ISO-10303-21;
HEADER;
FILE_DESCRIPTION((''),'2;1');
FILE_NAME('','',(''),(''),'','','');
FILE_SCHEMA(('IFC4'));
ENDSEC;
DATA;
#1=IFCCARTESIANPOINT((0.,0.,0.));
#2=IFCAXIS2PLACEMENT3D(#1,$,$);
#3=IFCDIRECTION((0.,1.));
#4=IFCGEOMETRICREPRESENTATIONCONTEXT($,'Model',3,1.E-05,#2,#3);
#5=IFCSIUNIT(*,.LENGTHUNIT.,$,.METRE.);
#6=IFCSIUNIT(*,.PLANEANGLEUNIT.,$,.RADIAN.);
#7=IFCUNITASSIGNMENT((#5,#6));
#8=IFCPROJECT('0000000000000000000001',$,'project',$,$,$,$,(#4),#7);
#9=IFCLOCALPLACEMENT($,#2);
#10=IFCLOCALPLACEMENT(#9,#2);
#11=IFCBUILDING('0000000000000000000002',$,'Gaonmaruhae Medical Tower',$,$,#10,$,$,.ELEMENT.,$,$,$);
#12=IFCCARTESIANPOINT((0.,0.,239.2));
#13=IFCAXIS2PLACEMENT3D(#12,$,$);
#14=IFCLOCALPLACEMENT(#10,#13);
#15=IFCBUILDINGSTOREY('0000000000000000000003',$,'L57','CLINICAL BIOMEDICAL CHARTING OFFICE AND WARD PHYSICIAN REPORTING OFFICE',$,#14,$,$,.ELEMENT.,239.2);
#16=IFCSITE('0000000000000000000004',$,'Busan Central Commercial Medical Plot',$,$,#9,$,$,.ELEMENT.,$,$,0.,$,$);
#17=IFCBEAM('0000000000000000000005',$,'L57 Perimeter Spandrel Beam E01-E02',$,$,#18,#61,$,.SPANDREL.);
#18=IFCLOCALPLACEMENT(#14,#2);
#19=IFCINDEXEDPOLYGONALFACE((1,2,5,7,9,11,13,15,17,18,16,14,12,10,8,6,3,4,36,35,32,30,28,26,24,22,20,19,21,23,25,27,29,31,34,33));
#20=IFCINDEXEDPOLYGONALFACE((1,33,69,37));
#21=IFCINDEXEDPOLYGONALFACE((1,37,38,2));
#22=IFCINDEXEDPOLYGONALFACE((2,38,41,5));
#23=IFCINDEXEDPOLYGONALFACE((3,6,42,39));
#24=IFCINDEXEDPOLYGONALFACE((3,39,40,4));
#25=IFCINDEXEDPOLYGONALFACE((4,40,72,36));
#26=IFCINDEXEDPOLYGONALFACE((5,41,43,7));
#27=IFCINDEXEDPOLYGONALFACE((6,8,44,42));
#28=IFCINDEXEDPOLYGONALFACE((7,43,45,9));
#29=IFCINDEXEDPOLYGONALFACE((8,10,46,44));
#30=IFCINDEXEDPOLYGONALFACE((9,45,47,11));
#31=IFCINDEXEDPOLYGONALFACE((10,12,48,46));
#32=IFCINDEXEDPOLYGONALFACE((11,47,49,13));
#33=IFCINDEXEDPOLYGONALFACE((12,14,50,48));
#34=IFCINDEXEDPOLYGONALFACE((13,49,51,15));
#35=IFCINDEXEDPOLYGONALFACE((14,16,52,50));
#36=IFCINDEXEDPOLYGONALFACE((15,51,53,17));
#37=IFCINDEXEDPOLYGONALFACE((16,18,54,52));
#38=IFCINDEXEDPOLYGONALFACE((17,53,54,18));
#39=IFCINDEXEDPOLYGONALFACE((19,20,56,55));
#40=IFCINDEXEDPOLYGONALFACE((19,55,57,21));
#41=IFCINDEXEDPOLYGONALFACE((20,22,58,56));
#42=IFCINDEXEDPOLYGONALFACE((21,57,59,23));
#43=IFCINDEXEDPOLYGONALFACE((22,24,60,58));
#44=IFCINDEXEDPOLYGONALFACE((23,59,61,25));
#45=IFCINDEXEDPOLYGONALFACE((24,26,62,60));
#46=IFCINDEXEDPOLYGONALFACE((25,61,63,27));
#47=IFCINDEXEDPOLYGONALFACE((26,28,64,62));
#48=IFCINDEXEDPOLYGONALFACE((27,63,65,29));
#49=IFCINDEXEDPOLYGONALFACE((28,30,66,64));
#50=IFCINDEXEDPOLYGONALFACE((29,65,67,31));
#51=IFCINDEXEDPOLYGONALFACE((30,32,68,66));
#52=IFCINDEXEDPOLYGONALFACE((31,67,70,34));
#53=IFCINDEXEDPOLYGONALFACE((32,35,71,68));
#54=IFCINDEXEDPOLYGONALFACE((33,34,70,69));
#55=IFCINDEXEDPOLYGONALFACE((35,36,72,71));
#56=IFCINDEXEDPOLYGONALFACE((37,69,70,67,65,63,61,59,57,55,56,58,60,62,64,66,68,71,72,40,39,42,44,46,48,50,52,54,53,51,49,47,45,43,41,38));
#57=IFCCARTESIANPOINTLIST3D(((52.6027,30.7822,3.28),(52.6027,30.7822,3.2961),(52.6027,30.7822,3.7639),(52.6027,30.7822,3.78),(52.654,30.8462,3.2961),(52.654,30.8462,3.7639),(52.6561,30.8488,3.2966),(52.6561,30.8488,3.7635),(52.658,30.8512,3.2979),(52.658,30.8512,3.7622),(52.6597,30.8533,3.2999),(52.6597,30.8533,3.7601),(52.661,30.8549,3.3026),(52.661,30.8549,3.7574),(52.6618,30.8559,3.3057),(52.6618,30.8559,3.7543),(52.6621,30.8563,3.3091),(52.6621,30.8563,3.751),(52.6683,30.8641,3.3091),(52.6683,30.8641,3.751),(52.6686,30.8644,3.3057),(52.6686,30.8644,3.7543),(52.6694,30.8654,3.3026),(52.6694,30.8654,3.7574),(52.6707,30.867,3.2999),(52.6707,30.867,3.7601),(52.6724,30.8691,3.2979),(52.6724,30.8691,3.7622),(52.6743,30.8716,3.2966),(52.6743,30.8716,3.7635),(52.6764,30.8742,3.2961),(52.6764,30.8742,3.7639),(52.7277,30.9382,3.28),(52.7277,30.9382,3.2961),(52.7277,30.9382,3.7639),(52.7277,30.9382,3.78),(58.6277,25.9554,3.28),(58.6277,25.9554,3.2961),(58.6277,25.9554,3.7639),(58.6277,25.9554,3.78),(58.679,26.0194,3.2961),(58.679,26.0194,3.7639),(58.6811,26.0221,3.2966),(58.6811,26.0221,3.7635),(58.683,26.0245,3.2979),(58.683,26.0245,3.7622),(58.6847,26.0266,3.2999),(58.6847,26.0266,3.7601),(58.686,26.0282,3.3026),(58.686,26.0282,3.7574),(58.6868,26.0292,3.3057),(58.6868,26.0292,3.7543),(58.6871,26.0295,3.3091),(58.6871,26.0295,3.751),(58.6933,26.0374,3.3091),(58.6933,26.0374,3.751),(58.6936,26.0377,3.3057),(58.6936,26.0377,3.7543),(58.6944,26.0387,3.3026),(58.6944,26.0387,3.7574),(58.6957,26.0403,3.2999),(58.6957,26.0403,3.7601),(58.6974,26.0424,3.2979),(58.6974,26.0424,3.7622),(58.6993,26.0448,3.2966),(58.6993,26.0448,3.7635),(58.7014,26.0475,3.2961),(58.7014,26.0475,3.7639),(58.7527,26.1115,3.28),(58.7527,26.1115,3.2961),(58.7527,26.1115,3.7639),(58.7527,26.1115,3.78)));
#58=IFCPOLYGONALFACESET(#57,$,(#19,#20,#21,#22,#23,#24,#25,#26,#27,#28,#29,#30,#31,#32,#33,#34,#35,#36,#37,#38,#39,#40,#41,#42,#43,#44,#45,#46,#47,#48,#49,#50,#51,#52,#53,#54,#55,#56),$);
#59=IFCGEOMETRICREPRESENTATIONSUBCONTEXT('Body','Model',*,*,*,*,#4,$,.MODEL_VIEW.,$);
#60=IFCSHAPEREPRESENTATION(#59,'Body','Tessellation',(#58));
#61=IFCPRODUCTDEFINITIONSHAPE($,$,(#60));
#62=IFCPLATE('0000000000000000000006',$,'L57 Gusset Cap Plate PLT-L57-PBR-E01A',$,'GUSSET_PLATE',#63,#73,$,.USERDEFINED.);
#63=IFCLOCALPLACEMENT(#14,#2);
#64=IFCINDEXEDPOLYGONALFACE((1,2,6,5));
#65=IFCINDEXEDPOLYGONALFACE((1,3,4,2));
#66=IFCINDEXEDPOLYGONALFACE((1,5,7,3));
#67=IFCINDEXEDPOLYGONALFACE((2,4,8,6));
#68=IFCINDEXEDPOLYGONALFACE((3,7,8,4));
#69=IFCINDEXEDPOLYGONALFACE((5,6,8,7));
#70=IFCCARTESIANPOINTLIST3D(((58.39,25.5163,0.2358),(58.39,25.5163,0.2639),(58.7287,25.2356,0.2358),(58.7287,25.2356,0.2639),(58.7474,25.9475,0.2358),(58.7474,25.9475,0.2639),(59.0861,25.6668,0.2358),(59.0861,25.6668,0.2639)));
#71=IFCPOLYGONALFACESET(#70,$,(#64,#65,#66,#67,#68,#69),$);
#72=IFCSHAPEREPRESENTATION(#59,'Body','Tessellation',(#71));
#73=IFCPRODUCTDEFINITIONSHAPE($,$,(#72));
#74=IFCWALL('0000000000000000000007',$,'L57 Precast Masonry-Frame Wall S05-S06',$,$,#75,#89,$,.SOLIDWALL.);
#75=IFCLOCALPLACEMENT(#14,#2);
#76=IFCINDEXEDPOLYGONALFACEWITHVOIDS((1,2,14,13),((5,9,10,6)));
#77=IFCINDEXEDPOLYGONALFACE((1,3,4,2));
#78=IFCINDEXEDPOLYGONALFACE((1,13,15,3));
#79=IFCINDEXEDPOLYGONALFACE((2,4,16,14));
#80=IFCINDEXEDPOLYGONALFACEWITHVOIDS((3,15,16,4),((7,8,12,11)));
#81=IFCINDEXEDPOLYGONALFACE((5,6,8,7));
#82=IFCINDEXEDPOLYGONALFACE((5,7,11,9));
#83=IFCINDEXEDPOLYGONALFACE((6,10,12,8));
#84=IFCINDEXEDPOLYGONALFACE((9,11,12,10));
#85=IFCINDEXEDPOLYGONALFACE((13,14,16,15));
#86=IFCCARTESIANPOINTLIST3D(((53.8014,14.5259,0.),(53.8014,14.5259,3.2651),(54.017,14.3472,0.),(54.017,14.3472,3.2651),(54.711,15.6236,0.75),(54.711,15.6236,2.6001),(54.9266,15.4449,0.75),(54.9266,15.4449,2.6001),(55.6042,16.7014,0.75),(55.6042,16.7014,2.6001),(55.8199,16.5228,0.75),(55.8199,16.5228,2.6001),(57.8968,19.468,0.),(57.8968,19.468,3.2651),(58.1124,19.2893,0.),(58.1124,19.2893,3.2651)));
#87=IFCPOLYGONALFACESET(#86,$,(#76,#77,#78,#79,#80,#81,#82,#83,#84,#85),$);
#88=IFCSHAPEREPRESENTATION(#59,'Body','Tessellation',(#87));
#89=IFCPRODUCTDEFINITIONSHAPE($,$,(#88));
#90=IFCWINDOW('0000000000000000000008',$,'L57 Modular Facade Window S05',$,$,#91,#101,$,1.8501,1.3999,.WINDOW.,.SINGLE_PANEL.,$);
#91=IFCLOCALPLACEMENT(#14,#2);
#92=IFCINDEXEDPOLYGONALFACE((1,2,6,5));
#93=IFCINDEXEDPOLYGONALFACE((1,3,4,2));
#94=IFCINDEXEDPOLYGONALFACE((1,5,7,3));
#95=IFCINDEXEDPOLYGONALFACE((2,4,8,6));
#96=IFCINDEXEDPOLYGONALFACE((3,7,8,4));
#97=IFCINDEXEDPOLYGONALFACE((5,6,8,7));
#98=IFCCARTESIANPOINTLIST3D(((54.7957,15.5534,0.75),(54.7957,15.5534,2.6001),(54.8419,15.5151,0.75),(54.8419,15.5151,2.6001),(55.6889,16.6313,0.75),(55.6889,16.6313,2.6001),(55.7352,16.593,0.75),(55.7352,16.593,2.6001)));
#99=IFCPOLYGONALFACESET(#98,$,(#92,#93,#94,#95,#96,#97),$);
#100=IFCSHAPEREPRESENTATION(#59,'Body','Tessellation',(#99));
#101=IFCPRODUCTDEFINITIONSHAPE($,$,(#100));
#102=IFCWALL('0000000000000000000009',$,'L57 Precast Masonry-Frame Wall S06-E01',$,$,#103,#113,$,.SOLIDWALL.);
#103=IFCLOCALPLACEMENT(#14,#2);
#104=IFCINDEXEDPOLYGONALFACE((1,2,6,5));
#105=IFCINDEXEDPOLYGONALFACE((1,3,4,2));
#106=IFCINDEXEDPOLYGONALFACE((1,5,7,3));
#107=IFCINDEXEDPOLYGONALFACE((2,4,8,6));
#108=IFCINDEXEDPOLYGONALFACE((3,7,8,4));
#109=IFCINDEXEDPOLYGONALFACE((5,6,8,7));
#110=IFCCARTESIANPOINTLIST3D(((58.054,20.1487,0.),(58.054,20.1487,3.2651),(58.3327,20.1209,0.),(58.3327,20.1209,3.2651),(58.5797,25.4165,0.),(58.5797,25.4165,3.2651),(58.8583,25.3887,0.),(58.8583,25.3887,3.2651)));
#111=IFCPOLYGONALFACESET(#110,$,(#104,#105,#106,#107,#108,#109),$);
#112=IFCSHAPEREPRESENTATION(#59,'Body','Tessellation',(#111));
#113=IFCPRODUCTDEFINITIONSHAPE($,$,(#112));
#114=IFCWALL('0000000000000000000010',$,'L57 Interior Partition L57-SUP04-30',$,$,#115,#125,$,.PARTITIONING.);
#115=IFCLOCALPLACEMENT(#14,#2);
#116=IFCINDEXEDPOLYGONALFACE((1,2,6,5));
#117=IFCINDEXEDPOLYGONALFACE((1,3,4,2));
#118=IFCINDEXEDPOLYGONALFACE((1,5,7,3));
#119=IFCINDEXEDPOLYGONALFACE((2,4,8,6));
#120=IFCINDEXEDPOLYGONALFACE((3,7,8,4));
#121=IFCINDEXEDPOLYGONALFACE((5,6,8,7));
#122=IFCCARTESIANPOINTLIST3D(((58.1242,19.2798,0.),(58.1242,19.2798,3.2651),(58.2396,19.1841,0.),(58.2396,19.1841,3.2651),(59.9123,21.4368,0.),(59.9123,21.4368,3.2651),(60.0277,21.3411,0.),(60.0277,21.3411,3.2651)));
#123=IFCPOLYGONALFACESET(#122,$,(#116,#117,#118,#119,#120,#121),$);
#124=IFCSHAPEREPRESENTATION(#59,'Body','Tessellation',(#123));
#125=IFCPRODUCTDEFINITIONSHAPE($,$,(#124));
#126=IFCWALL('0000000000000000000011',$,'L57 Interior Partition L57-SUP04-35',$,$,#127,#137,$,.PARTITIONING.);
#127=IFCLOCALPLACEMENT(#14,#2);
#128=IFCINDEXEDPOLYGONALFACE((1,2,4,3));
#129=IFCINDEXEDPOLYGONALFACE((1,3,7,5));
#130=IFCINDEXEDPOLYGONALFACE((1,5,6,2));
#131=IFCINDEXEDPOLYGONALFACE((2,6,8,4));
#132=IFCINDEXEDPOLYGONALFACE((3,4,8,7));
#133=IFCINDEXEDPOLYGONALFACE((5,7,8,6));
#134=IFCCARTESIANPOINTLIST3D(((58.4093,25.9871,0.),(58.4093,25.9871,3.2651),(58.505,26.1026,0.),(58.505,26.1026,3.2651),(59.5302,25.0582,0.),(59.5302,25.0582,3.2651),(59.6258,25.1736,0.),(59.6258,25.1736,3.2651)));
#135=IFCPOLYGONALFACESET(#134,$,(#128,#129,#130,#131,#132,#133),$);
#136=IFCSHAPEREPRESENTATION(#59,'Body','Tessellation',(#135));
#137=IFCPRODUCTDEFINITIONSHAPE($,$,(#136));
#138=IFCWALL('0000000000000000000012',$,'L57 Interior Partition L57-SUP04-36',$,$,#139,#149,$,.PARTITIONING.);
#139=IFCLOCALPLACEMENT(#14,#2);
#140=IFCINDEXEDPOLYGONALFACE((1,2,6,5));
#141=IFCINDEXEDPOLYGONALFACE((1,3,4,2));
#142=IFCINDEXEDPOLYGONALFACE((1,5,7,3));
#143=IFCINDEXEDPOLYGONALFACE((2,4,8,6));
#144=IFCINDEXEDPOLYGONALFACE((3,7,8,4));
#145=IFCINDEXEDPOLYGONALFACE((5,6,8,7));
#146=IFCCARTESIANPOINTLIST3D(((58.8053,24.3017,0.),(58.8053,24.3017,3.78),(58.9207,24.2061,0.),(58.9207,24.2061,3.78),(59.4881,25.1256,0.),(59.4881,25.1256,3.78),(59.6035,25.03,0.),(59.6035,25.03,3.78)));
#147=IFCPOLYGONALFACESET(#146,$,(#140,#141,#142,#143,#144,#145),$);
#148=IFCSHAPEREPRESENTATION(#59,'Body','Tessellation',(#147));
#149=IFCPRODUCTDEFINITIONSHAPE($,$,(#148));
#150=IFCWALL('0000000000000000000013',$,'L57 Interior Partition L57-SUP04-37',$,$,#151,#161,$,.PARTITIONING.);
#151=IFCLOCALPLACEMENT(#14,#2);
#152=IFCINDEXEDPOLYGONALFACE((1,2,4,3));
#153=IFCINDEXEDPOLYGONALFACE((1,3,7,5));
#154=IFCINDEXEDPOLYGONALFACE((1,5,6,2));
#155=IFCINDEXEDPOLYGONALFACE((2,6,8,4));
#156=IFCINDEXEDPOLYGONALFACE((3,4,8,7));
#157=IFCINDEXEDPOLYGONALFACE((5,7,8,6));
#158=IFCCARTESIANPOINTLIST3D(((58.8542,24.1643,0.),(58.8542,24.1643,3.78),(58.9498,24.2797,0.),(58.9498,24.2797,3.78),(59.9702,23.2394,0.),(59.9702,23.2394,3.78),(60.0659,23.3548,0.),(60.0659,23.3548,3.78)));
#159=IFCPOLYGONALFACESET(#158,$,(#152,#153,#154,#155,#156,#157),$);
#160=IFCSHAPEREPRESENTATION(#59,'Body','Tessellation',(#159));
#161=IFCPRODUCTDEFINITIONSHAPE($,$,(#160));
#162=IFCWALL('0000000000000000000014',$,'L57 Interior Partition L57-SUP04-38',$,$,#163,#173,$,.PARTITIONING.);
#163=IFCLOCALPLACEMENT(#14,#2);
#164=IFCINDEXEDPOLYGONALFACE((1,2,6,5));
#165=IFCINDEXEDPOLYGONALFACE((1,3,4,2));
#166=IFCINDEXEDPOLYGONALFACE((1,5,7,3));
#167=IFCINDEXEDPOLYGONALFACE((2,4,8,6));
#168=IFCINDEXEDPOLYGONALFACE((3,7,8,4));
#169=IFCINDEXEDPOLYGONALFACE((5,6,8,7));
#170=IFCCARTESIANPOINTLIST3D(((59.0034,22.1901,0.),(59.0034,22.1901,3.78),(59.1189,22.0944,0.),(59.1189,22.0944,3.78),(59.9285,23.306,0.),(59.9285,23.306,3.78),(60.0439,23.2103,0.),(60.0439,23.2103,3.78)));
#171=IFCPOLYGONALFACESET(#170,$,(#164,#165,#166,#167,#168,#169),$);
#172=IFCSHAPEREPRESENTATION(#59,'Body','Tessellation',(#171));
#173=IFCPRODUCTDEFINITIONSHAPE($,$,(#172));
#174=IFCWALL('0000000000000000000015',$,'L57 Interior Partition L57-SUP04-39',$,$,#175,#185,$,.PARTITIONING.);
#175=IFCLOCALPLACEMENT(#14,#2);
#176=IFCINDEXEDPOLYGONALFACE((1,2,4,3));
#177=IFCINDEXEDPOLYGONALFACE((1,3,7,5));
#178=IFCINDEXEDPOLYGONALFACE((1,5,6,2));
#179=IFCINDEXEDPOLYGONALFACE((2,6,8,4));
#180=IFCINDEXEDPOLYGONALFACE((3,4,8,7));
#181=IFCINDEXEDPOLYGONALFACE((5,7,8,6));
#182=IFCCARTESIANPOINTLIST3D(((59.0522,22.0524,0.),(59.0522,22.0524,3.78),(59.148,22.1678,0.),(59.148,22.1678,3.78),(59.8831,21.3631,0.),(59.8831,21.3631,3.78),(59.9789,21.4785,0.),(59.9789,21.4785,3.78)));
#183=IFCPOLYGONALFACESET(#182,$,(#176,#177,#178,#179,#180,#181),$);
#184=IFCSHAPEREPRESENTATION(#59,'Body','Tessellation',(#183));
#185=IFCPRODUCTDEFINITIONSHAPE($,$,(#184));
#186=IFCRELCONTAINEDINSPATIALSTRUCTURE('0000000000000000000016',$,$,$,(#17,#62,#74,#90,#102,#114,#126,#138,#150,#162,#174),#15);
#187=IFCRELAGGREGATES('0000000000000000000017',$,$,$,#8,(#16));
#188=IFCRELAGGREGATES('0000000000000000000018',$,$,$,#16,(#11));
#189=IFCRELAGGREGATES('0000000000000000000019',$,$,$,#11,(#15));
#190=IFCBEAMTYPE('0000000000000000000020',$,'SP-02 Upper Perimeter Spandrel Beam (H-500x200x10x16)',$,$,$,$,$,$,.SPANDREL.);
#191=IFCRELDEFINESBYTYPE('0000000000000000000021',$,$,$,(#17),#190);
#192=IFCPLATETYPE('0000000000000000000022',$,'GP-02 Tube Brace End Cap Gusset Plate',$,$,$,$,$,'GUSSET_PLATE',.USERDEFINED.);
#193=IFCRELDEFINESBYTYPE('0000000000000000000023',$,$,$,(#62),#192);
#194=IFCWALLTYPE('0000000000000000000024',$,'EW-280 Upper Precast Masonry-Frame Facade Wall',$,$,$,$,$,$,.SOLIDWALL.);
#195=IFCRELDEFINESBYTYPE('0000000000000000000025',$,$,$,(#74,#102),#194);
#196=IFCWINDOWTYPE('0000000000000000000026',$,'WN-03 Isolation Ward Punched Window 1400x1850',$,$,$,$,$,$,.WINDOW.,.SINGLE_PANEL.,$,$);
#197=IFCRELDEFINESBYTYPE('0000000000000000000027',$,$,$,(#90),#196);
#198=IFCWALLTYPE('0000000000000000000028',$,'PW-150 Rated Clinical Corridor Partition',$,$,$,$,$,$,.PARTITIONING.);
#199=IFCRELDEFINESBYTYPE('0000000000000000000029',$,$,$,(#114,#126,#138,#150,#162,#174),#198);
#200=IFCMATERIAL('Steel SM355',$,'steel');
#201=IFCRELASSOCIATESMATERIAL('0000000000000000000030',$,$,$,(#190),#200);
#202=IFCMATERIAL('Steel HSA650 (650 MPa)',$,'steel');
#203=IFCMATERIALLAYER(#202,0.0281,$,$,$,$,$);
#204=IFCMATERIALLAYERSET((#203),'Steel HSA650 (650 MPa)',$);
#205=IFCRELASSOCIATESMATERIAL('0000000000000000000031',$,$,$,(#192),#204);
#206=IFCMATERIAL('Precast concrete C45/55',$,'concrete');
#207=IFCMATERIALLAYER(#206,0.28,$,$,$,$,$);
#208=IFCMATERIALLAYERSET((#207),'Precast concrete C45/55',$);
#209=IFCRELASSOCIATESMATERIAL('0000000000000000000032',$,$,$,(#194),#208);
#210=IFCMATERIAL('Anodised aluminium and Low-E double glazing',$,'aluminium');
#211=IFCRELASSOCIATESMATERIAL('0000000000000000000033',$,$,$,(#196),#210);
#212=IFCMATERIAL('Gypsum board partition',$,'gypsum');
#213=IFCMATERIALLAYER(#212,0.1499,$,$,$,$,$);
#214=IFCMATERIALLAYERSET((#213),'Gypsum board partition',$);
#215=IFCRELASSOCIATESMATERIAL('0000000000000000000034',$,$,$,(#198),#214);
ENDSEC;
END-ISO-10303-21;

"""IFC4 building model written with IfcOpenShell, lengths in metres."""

from ifc_helpers import new_model, si_unit, direction, frame, frame_2d, origin, origin_2d, place, context, subcontext, project, spatial, rectangle, i_section, extrude, material, layer, layer_set, material_profile, profile_set, type_object, element, fill, save


model = new_model("IFC4")

# Units and contexts
model_context = context("Model", 3, precision=1e-05, world=origin(), true_north=direction((0.0, 1.0)))
body_context = subcontext(model_context, "Body", "Model", "MODEL_VIEW")
ifc_project = project(units=[si_unit("LENGTHUNIT", "METRE"), si_unit("PLANEANGLEUNIT", "RADIAN")], contexts=[model_context])

# Site, building, storey
site_placement = place(None, origin())
site = spatial("IfcSite", under=ifc_project, at=site_placement, Name="Busan Central Commercial Medical Plot", CompositionType="ELEMENT", RefElevation=0.0)
building_placement = place(site_placement, origin())
building = spatial("IfcBuilding", under=site, at=building_placement, Name="Gaonmaruhae Medical Tower", CompositionType="ELEMENT")
storey_placement = place(building_placement, frame((0.0, 0.0, 239.2)))
storey = spatial("IfcBuildingStorey", under=building, at=storey_placement, Name="L57", Description="CLINICAL BIOMEDICAL CHARTING OFFICE AND WARD PHYSICIAN REPORTING OFFICE", CompositionType="ELEMENT", Elevation=239.2)

# Shared definitions
ifc_material_1 = material(Name="Steel SM355", Category="steel")

# Beam
ifc_material_profile_1 = material_profile(ifc_material_1, i_section(OverallWidth=0.2, OverallDepth=0.5, WebThickness=0.01, FlangeThickness=0.0161, FilletRadius=0.0129, at=origin_2d()), Name="H-500x200x10x16")
ifc_profile_set_1 = profile_set([ifc_material_profile_1], Name="Steel SM355")
beam_type_1 = type_object("IfcBeamType", Name="SP-02 Upper Perimeter Spandrel Beam (H-500x200x10x16)", PredefinedType="SPANDREL", material=ifc_profile_set_1)
beam_1_placement = place(storey_placement, frame((58.6902, 26.0334, 3.53), z_axis=(-0.780443, 0.625227, 0.0), x_axis=(-0.625227, -0.780443, 0.0)))
element("IfcBeam", 1, at=beam_1_placement, inside=storey, type_object=beam_type_1, Name="L57 Perimeter Spandrel Beam E01-E02", PredefinedType="SPANDREL", context=body_context, shape_type="SweptSolid", body=[
    extrude(i_section(OverallWidth=0.2, OverallDepth=0.5, WebThickness=0.01, FlangeThickness=0.0161, FilletRadius=0.0129, at=origin_2d()), origin(), (0.0, 0.0, 1.0), 7.72),
])

# Plate
ifc_material_2 = material(Name="Steel HSA650 (650 MPa)", Category="steel")
ifc_layer_1 = layer(ifc_material_2, 0.0281)
ifc_layer_set_1 = layer_set([ifc_layer_1], Name="Steel HSA650 (650 MPa)")
plate_type = type_object("IfcPlateType", Name="GP-02 Tube Brace End Cap Gusset Plate", ElementType="GUSSET_PLATE", PredefinedType="USERDEFINED", material=ifc_layer_set_1)
plate_placement = place(storey_placement, frame((58.738, 25.5916, 0.2358), z_axis=(0.0, 0.0, 1.0), x_axis=(0.638096, 0.769957, 0.0)))
element("IfcPlate", 2, at=plate_placement, inside=storey, type_object=plate_type, Name="L57 Gusset Cap Plate PLT-L57-PBR-E01A", ObjectType="GUSSET_PLATE", PredefinedType="USERDEFINED", context=body_context, shape_type="SweptSolid", body=[
    extrude(rectangle(XDim=0.5601, YDim=0.4399, at=origin_2d()), origin(), (0.0, 0.0, 1.0), 0.0281),
])

# Wall, opening, window
ifc_material_3 = material(Name="Precast concrete C45/55", Category="concrete")
ifc_layer_2 = layer(ifc_material_3, 0.28)
ifc_layer_set_2 = layer_set([ifc_layer_2], Name="Precast concrete C45/55")
wall_type_1 = type_object("IfcWallType", Name="EW-280 Upper Precast Masonry-Frame Facade Wall", PredefinedType="SOLIDWALL", material=ifc_layer_set_2)
wall_1_placement = place(storey_placement, frame((58.0046, 19.3787, 0.0), z_axis=(0.0, 0.0, 1.0), x_axis=(-0.638068, -0.76998, 0.0)))
wall_1 = element("IfcWall", 3, at=wall_1_placement, inside=storey, type_object=wall_type_1, Name="L57 Precast Masonry-Frame Wall S05-S06", PredefinedType="SOLIDWALL", context=body_context, shape_type="SweptSolid", body=[
    extrude(rectangle(XDim=6.4185, YDim=0.28, at=frame_2d((3.2092, 0.0))), origin(), (0.0, 0.0, 1.0), 3.2651),
])
opening_placement = place(wall_1_placement, frame((3.593, 0.0, 0.75)))
opening = element("IfcOpeningElement", 4, at=opening_placement, cuts=wall_1, PredefinedType="OPENING", context=body_context, shape_type="SweptSolid", body=[
    extrude(rectangle(XDim=1.3999, YDim=1.8501, at=frame_2d((0.7, 0.925))), frame((0.0, 0.1499, 0.0), z_axis=(0.0, -1.0, 0.0), x_axis=(1.0, 0.0, 0.0)), (0.0, 0.0, 1.0), 0.3),
])
ifc_material_4 = material(Name="Anodised aluminium and Low-E double glazing", Category="aluminium")
window_type = type_object("IfcWindowType", Name="WN-03 Isolation Ward Punched Window 1400x1850", PartitioningType="SINGLE_PANEL", PredefinedType="WINDOW", material=ifc_material_4)
window_placement = place(opening_placement, origin())
window = element("IfcWindow", 5, at=window_placement, inside=storey, type_object=window_type, Name="L57 Modular Facade Window S05", OverallHeight=1.8501, OverallWidth=1.3999, PartitioningType="SINGLE_PANEL", PredefinedType="WINDOW", context=body_context, shape_type="SweptSolid", body=[
    extrude(rectangle(XDim=1.3999, YDim=1.8501, at=frame_2d((0.7, 0.925))), frame((0.0, 0.03, 0.0), z_axis=(0.0, -1.0, 0.0), x_axis=(1.0, 0.0, 0.0)), (0.0, 0.0, 1.0), 0.0601),
])
fill(opening, window)

# Walls
wall_2_placement = place(storey_placement, frame((58.719, 25.4026, 0.0), z_axis=(0.0, 0.0, 1.0), x_axis=(-0.099289, -0.995059, 0.0)))
element("IfcWall", 6, at=wall_2_placement, inside=storey, type_object=wall_type_1, Name="L57 Precast Masonry-Frame Wall S06-E01", PredefinedType="SOLIDWALL", context=body_context, shape_type="SweptSolid", body=[
    extrude(rectangle(XDim=5.2939, YDim=0.28, at=frame_2d((2.647, 0.0))), origin(), (0.0, 0.0, 1.0), 3.2651),
])
ifc_material_5 = material(Name="Gypsum board partition", Category="gypsum")
ifc_layer_3 = layer(ifc_material_5, 0.1499)
ifc_layer_set_3 = layer_set([ifc_layer_3], Name="Gypsum board partition")
wall_type_2 = type_object("IfcWallType", Name="PW-150 Rated Clinical Corridor Partition", PredefinedType="PARTITIONING", material=ifc_layer_set_3)
wall_3_placement = place(storey_placement, frame((59.97, 21.3889, 0.0), z_axis=(0.0, 0.0, 1.0), x_axis=(-0.638202, -0.769869, 0.0)))
element("IfcWall", 7, at=wall_3_placement, inside=storey, type_object=wall_type_2, Name="L57 Interior Partition L57-SUP04-30", PredefinedType="PARTITIONING", context=body_context, shape_type="SweptSolid", body=[
    extrude(rectangle(XDim=2.8018, YDim=0.1499, at=frame_2d((1.4009, 0.0))), origin(), (0.0, 0.0, 1.0), 3.2651),
])
wall_4_placement = place(storey_placement, frame((58.457, 26.0449, 0.0), z_axis=(0.0, 0.0, 1.0), x_axis=(0.769937, -0.63812, 0.0)))
element("IfcWall", 8, at=wall_4_placement, inside=storey, type_object=wall_type_2, Name="L57 Interior Partition L57-SUP04-35", PredefinedType="PARTITIONING", context=body_context, shape_type="SweptSolid", body=[
    extrude(rectangle(XDim=1.4558, YDim=0.1499, at=frame_2d((0.728, 0.0))), origin(), (0.0, 0.0, 1.0), 3.2651),
])
wall_5_placement = place(storey_placement, frame((59.5459, 25.0779, 0.0), z_axis=(0.0, 0.0, 1.0), x_axis=(-0.638095, -0.769958, 0.0)))
element("IfcWall", 9, at=wall_5_placement, inside=storey, type_object=wall_type_2, Name="L57 Interior Partition L57-SUP04-36", PredefinedType="PARTITIONING", context=body_context, shape_type="SweptSolid", body=[
    extrude(rectangle(XDim=1.0701, YDim=0.1499, at=frame_2d((0.5352, 0.0))), origin(), (0.0, 0.0, 1.0), 3.78),
])
for number, where, z_axis, x_axis, name in (
    (10, (58.9021, 24.2219, 0.0), (0.0, 0.0, 1.0), (0.769972, -0.638078, 0.0), "L57 Interior Partition L57-SUP04-37"),
    (11, (59.9861, 23.2581, 0.0), (0.0, 0.0, 1.0), (-0.638178, -0.769889, 0.0), "L57 Interior Partition L57-SUP04-38"),
):
    element("IfcWall", number, at=place(storey_placement, frame(where, z_axis=z_axis, x_axis=x_axis)), inside=storey, type_object=wall_type_2, Name=name, PredefinedType="PARTITIONING", context=body_context, shape_type="SweptSolid", body=[
        extrude(rectangle(XDim=1.4495, YDim=0.1499, at=frame_2d((0.7246, 0.0))), origin(), (0.0, 0.0, 1.0), 3.78),
    ])
wall_6_placement = place(storey_placement, frame((59.1001, 22.1101, 0.0), z_axis=(0.0, 0.0, 1.0), x_axis=(0.769647, -0.63847, 0.0)))
element("IfcWall", 12, at=wall_6_placement, inside=storey, type_object=wall_type_2, Name="L57 Interior Partition L57-SUP04-39", PredefinedType="PARTITIONING", context=body_context, shape_type="SweptSolid", body=[
    extrude(rectangle(XDim=1.0796, YDim=0.1499, at=frame_2d((0.5398, 0.0))), origin(), (0.0, 0.0, 1.0), 3.78),
])

save(model, "model.ifc")
